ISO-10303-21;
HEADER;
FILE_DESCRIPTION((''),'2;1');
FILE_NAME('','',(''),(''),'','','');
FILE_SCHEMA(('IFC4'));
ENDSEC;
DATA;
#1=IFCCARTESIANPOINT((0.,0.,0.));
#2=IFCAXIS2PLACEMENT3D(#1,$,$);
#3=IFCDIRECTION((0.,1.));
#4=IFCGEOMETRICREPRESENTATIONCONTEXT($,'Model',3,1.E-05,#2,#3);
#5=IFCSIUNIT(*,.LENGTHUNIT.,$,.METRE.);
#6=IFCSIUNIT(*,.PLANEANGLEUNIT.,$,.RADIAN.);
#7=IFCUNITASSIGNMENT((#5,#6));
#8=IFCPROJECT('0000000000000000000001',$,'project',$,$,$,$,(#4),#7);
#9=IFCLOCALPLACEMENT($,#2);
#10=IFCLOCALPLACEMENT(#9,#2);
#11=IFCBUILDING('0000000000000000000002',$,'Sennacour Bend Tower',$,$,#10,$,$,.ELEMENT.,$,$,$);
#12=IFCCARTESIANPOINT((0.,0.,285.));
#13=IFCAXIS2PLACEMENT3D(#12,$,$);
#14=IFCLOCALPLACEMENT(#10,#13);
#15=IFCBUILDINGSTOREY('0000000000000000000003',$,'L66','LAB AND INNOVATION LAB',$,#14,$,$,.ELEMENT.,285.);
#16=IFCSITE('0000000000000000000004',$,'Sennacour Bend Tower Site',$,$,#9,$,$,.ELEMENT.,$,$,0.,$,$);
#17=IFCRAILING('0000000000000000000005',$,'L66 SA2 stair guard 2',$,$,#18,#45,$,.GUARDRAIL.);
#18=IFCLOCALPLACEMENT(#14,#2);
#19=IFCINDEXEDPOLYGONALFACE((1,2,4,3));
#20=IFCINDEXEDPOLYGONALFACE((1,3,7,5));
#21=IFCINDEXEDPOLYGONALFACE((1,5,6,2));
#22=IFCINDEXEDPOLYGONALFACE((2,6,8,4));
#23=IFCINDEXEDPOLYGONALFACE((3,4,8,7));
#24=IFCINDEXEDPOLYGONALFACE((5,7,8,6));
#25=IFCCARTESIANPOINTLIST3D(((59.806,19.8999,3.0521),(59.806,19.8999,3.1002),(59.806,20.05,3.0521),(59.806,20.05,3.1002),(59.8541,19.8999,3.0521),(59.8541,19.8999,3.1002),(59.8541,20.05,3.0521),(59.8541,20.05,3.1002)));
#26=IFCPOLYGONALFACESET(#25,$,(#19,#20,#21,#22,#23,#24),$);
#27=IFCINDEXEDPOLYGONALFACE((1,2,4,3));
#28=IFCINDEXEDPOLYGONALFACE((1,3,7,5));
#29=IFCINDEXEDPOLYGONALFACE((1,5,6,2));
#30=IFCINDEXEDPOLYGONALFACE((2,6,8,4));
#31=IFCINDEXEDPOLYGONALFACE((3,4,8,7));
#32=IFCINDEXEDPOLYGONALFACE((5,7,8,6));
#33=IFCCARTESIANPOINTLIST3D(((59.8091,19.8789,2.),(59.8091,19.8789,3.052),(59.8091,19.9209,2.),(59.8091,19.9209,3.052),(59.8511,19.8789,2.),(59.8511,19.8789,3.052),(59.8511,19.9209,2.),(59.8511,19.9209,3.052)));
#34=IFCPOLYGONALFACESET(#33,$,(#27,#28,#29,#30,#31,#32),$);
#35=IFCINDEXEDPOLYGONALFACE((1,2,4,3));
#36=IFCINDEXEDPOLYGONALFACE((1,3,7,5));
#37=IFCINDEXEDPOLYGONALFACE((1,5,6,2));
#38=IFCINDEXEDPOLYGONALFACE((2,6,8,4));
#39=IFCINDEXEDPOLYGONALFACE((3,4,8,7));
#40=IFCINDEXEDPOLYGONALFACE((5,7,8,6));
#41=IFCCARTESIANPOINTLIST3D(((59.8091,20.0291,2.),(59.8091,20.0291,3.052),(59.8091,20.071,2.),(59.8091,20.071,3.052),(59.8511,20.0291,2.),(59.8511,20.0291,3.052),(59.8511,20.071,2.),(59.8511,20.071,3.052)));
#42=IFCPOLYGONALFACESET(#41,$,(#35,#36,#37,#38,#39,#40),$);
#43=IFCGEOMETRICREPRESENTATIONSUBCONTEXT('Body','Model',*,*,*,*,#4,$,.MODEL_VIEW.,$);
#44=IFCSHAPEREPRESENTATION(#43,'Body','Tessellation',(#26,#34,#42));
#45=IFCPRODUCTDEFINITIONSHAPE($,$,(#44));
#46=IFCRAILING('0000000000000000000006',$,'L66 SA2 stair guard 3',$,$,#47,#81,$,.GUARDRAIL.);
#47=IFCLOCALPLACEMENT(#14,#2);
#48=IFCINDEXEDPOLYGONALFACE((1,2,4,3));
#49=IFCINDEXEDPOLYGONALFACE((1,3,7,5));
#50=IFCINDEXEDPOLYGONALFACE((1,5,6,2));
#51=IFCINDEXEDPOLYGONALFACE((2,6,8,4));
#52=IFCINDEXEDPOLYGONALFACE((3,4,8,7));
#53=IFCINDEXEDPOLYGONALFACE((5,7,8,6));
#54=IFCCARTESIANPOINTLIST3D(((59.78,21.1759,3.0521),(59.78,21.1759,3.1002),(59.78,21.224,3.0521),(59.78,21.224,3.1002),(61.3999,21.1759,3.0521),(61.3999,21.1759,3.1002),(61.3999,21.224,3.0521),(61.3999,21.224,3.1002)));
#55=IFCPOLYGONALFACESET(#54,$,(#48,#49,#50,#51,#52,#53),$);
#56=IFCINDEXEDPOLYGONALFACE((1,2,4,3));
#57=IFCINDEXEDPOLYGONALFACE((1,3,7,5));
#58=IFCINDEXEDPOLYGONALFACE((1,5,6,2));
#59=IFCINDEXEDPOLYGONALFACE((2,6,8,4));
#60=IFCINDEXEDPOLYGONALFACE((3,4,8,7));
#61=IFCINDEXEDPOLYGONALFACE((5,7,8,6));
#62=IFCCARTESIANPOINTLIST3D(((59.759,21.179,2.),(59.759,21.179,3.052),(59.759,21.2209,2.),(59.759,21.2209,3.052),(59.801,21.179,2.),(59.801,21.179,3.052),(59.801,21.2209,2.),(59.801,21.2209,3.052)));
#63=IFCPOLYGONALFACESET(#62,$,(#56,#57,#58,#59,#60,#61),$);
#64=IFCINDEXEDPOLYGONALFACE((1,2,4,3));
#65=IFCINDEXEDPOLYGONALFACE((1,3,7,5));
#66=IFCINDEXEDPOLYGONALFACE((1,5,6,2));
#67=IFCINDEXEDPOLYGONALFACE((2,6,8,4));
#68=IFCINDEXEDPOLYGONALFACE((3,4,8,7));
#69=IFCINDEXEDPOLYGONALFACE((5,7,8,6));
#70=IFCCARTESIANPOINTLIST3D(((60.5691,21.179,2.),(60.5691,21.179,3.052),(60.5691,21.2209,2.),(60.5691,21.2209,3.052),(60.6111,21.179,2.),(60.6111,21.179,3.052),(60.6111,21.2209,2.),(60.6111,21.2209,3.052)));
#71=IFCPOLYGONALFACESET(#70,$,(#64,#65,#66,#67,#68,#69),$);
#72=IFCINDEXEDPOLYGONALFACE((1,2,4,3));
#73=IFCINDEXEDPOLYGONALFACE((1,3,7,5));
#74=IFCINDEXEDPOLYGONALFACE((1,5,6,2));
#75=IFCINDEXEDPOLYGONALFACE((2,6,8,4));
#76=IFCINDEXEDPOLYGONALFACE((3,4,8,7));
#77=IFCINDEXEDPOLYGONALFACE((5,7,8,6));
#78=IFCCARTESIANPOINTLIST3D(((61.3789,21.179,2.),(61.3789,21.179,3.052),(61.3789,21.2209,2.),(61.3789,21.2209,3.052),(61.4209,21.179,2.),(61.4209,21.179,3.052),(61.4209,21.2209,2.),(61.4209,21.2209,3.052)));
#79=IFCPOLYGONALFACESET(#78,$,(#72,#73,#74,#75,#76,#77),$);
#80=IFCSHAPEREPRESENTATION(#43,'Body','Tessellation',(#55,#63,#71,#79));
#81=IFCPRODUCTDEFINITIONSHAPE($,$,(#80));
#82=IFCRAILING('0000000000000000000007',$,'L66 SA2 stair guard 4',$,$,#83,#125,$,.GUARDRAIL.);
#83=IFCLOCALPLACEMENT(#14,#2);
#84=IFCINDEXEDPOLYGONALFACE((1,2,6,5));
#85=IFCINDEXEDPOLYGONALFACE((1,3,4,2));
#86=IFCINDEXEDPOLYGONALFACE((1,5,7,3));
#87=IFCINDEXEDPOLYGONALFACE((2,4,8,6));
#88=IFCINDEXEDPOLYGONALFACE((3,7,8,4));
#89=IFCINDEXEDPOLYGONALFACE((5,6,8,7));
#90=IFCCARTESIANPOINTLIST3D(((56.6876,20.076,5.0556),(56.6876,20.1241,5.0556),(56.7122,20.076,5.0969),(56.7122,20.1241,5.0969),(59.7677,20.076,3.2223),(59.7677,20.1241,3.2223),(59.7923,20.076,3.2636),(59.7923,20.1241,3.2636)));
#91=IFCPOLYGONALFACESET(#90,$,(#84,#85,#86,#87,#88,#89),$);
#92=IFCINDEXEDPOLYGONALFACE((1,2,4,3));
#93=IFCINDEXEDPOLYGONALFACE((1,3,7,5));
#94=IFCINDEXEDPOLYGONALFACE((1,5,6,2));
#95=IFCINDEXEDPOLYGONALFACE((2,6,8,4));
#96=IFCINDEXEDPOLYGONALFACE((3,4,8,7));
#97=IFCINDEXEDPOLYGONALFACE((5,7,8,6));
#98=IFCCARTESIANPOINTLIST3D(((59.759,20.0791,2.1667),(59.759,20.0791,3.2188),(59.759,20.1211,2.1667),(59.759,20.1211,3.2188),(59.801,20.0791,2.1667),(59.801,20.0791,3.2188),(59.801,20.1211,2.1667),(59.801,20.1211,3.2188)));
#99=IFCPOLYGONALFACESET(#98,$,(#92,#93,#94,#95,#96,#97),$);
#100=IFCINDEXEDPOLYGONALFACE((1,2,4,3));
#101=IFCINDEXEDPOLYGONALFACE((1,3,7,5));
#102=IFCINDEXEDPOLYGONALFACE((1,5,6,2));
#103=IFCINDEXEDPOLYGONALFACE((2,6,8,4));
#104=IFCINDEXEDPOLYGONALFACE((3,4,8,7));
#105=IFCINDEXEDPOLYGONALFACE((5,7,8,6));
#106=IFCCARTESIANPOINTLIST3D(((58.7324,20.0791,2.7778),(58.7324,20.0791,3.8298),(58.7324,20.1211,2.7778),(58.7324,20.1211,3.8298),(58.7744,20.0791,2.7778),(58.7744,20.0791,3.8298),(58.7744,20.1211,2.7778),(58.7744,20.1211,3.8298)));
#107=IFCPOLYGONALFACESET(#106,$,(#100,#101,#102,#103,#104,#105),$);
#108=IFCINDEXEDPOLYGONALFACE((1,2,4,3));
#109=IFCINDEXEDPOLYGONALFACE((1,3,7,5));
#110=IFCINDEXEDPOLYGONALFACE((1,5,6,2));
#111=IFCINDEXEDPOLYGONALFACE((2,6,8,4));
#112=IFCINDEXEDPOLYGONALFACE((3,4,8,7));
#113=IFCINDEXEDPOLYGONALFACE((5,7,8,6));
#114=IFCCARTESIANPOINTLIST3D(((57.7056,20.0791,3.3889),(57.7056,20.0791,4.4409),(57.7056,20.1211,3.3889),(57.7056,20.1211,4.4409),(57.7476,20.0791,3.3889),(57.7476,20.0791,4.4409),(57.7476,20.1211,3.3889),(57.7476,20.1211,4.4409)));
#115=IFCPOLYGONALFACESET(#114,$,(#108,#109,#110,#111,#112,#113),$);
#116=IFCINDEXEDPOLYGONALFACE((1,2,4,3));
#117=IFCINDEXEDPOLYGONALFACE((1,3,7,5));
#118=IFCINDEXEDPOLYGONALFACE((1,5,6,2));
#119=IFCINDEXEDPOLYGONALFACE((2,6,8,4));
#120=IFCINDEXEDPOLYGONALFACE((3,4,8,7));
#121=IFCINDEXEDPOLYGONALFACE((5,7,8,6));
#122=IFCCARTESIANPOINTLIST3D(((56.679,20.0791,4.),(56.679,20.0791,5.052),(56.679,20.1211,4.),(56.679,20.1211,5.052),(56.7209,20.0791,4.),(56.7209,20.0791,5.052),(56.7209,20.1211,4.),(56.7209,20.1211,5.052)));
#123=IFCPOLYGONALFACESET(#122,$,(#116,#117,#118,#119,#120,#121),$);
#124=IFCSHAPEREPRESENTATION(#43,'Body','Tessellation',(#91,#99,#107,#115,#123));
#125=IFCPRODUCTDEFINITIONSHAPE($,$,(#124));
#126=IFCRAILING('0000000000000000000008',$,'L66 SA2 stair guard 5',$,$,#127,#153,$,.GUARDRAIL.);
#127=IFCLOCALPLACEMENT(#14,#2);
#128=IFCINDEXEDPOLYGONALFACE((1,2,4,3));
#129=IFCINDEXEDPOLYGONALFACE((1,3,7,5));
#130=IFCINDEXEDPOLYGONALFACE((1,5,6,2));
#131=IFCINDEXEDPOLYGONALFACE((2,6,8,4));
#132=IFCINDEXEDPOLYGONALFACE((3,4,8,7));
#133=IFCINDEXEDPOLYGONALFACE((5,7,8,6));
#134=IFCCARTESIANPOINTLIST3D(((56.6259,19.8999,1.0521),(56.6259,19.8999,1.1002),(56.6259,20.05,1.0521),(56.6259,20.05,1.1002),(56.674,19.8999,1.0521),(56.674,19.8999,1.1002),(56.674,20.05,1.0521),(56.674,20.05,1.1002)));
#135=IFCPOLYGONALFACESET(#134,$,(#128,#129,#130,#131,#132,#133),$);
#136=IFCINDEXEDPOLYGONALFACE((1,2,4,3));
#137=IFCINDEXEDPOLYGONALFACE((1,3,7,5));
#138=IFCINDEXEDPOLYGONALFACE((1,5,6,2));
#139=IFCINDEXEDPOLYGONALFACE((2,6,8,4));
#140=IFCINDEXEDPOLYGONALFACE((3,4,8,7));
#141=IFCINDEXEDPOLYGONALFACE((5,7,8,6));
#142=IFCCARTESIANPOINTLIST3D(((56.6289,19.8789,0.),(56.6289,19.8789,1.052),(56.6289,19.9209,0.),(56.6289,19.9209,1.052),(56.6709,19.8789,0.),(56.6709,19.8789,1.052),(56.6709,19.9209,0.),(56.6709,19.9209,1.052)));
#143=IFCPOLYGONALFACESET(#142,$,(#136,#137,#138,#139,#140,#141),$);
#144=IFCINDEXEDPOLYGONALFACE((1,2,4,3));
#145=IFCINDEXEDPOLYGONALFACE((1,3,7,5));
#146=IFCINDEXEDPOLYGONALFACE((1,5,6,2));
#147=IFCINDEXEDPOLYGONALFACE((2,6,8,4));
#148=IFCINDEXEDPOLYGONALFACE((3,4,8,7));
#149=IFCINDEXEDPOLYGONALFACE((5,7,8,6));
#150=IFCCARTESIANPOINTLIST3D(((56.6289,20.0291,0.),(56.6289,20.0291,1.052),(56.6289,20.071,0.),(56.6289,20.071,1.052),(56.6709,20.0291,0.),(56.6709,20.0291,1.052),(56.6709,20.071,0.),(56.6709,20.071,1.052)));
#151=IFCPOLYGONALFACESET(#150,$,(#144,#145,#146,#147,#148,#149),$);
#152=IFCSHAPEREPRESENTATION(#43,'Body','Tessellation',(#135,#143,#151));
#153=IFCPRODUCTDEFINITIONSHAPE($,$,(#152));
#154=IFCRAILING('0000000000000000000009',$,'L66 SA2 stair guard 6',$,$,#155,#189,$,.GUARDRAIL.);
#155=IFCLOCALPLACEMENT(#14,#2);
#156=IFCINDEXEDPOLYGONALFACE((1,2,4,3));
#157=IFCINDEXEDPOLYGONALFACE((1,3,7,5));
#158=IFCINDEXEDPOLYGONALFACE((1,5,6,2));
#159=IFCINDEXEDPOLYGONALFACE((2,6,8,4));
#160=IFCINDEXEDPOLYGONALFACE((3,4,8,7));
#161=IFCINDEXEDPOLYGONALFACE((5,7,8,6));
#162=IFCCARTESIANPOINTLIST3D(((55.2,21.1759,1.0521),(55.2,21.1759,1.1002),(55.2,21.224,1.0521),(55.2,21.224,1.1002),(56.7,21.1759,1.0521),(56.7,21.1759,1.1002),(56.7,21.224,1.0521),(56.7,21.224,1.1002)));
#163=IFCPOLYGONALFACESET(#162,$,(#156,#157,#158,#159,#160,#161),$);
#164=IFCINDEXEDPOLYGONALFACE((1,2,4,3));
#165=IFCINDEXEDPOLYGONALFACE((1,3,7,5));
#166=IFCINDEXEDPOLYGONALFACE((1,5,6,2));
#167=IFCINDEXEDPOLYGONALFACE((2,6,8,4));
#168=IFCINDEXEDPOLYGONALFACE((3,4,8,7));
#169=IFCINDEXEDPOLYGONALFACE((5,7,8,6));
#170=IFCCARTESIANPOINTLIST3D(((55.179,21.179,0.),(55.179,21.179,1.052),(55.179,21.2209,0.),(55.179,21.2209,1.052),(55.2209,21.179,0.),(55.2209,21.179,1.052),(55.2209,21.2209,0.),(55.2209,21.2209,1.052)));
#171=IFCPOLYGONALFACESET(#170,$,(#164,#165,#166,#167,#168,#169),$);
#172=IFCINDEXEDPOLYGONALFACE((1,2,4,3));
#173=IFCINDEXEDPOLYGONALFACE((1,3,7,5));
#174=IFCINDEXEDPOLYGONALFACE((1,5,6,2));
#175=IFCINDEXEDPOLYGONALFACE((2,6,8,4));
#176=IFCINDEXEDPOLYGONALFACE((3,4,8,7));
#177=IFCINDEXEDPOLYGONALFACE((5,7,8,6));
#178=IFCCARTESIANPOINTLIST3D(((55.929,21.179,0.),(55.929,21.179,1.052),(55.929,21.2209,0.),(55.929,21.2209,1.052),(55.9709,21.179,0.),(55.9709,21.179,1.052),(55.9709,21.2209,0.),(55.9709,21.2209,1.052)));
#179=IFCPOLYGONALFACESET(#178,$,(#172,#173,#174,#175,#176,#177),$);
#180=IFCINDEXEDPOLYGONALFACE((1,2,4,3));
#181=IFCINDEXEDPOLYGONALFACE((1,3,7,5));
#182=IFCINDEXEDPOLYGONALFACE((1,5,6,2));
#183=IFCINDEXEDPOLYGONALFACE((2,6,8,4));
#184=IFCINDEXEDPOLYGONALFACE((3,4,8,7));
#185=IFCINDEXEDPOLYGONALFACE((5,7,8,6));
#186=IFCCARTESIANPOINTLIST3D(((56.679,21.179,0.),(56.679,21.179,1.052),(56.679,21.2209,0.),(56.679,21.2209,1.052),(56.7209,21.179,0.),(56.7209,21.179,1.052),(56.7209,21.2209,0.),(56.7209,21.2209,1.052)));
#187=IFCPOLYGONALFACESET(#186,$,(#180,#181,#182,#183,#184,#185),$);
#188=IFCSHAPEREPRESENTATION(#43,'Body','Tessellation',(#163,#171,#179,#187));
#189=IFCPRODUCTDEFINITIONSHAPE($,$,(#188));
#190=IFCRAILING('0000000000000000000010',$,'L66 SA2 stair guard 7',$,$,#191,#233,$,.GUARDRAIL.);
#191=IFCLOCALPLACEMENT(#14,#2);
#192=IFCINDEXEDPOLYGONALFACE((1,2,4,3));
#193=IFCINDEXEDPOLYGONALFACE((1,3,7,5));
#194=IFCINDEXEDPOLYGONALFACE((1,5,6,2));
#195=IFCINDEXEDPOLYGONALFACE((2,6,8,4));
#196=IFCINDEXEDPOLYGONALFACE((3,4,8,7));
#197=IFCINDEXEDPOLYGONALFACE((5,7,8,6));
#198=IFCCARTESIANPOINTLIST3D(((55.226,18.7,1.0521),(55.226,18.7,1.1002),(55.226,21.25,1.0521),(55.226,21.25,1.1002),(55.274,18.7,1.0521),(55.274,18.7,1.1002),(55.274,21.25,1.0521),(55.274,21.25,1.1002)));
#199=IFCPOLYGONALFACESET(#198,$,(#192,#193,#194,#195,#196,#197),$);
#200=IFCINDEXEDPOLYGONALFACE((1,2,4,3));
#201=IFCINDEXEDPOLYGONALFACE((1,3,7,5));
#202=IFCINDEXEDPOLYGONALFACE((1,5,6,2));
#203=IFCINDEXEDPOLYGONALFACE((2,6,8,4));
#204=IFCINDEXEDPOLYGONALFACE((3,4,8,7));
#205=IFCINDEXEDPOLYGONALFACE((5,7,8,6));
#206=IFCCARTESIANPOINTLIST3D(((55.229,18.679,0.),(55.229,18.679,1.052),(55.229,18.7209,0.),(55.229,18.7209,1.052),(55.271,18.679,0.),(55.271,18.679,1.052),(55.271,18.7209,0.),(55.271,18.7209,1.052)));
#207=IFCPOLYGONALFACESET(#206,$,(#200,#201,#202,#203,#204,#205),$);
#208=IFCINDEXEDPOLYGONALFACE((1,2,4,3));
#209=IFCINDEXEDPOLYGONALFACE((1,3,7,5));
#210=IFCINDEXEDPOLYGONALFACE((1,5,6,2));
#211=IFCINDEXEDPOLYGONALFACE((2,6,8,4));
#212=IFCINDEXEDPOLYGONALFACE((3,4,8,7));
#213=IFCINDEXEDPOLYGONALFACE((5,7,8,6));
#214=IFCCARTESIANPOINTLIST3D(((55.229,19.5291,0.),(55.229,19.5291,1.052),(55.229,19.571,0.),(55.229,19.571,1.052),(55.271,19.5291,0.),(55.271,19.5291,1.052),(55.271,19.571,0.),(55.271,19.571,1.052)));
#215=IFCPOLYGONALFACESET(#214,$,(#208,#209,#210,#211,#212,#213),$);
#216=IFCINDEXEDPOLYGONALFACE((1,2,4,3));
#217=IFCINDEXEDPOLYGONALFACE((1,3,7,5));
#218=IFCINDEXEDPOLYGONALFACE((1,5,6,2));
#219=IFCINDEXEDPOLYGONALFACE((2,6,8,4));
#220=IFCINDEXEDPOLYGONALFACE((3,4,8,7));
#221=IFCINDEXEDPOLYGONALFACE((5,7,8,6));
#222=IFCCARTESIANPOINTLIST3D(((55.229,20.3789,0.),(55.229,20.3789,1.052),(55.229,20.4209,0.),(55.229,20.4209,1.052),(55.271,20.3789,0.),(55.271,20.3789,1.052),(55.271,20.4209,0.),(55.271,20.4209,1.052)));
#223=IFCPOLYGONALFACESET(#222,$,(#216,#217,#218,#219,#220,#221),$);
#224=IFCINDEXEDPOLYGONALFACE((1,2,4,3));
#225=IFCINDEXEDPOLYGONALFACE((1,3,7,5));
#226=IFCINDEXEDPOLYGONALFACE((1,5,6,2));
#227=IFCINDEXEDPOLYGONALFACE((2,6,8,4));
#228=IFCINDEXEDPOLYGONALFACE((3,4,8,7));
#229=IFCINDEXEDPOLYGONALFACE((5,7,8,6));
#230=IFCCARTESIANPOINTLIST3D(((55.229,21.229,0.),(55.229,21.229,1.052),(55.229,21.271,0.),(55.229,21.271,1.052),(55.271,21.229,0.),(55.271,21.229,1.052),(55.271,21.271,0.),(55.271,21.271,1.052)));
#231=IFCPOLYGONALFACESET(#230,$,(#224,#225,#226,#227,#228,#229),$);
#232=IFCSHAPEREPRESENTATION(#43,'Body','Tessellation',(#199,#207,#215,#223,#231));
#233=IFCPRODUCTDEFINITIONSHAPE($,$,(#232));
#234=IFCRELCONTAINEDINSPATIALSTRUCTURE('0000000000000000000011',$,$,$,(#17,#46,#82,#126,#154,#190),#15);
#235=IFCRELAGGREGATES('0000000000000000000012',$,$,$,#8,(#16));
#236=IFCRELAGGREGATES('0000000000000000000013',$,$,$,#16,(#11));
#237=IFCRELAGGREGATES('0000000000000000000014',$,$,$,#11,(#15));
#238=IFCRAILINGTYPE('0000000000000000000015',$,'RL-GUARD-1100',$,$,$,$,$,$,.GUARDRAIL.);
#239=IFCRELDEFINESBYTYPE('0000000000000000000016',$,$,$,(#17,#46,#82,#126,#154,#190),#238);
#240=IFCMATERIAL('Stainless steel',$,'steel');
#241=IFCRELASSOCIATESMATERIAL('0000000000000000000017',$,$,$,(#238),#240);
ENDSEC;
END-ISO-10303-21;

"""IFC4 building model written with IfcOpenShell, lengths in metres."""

from ifc_helpers import new_model, si_unit, direction, frame, origin, origin_2d, place, context, subcontext, project, spatial, rectangle, extrude, material, type_object, element, save


model = new_model("IFC4")

# Units and contexts
model_context = context("Model", 3, precision=1e-05, world=origin(), true_north=direction((0.0, 1.0)))
body_context = subcontext(model_context, "Body", "Model", "MODEL_VIEW")
ifc_project = project(units=[si_unit("LENGTHUNIT", "METRE"), si_unit("PLANEANGLEUNIT", "RADIAN")], contexts=[model_context])

# Site, building, storey
site_placement = place(None, origin())
site = spatial("IfcSite", under=ifc_project, at=site_placement, Name="Sennacour Bend Tower Site", CompositionType="ELEMENT", RefElevation=0.0)
building_placement = place(site_placement, origin())
building = spatial("IfcBuilding", under=site, at=building_placement, Name="Sennacour Bend Tower", CompositionType="ELEMENT")
storey_placement = place(building_placement, frame((0.0, 0.0, 285.0)))
storey = spatial("IfcBuildingStorey", under=building, at=storey_placement, Name="L66", Description="LAB AND INNOVATION LAB", CompositionType="ELEMENT", Elevation=285.0)

# Railings
ifc_material_1 = material(Name="Stainless steel", Category="steel")
railing_type_1 = type_object("IfcRailingType", Name="RL-GUARD-1100", PredefinedType="GUARDRAIL", material=ifc_material_1)
railing_1_placement = place(storey_placement, frame((59.8301, 19.8999, 2.0)))
element("IfcRailing", 1, at=railing_1_placement, inside=storey, type_object=railing_type_1, Name="L66 SA2 stair guard 2", PredefinedType="GUARDRAIL", context=body_context, shape_type="SweptSolid", body=[
    extrude(rectangle(XDim=0.0481, YDim=0.0481, at=origin_2d()), frame((0.0, 0.0, 1.0762), z_axis=(0.0, 1.0, 0.0), x_axis=(-1.0, 0.0, 0.0)), (0.0, 0.0, 1.0), 0.1501),
    extrude(rectangle(XDim=0.042, YDim=0.042, at=origin_2d()), origin(), (0.0, 0.0, 1.0), 1.052),
    extrude(rectangle(XDim=0.042, YDim=0.042, at=origin_2d()), frame((0.0, 0.1501, 0.0)), (0.0, 0.0, 1.0), 1.052),
])
railing_2_placement = place(storey_placement, frame((59.78, 21.2, 2.0)))
element("IfcRailing", 2, at=railing_2_placement, inside=storey, type_object=railing_type_1, Name="L66 SA2 stair guard 3", PredefinedType="GUARDRAIL", context=body_context, shape_type="SweptSolid", body=[
    extrude(rectangle(XDim=0.0481, YDim=0.0481, at=origin_2d()), frame((0.0, 0.0, 1.0762), z_axis=(1.0, 0.0, 0.0), x_axis=(0.0, 1.0, 0.0)), (0.0, 0.0, 1.0), 1.6199),
    extrude(rectangle(XDim=0.042, YDim=0.042, at=origin_2d()), origin(), (0.0, 0.0, 1.0), 1.052),
    extrude(rectangle(XDim=0.042, YDim=0.042, at=origin_2d()), frame((0.8101, 0.0, 0.0)), (0.0, 0.0, 1.0), 1.052),
    extrude(rectangle(XDim=0.042, YDim=0.042, at=origin_2d()), frame((1.6199, 0.0, 0.0)), (0.0, 0.0, 1.0), 1.052),
])
railing_3_placement = place(storey_placement, frame((59.78, 20.1001, 2.1667)))
element("IfcRailing", 3, at=railing_3_placement, inside=storey, type_object=railing_type_1, Name="L66 SA2 stair guard 4", PredefinedType="GUARDRAIL", context=body_context, shape_type="SweptSolid", body=[
    extrude(rectangle(XDim=0.0481, YDim=0.0481, at=origin_2d()), frame((0.0, 0.0, 1.0762), z_axis=(-0.859309, 0.0, 0.511458), x_axis=(0.0, -1.0, 0.0)), (0.0, 0.0, 1.0), 3.5845),
    extrude(rectangle(XDim=0.042, YDim=0.042, at=origin_2d()), origin(), (0.0, 0.0, 1.0), 1.052),
    extrude(rectangle(XDim=0.042, YDim=0.042, at=origin_2d()), frame((-1.0266, 0.0, 0.6111)), (0.0, 0.0, 1.0), 1.052),
    extrude(rectangle(XDim=0.042, YDim=0.042, at=origin_2d()), frame((-2.0535, 0.0, 1.2222)), (0.0, 0.0, 1.0), 1.052),
    extrude(rectangle(XDim=0.042, YDim=0.042, at=origin_2d()), frame((-3.0801, 0.0, 1.8333)), (0.0, 0.0, 1.0), 1.052),
])
railing_4_placement = place(storey_placement, frame((56.6499, 19.8999, 0.0)))
element("IfcRailing", 4, at=railing_4_placement, inside=storey, type_object=railing_type_1, Name="L66 SA2 stair guard 5", PredefinedType="GUARDRAIL", context=body_context, shape_type="SweptSolid", body=[
    extrude(rectangle(XDim=0.0481, YDim=0.0481, at=origin_2d()), frame((0.0, 0.0, 1.0762), z_axis=(0.0, 1.0, 0.0), x_axis=(-1.0, 0.0, 0.0)), (0.0, 0.0, 1.0), 0.1501),
    extrude(rectangle(XDim=0.042, YDim=0.042, at=origin_2d()), origin(), (0.0, 0.0, 1.0), 1.052),
    extrude(rectangle(XDim=0.042, YDim=0.042, at=origin_2d()), frame((0.0, 0.1501, 0.0)), (0.0, 0.0, 1.0), 1.052),
])
railing_5_placement = place(storey_placement, frame((55.2, 21.2, 0.0)))
element("IfcRailing", 5, at=railing_5_placement, inside=storey, type_object=railing_type_1, Name="L66 SA2 stair guard 6", PredefinedType="GUARDRAIL", context=body_context, shape_type="SweptSolid", body=[
    extrude(rectangle(XDim=0.0481, YDim=0.0481, at=origin_2d()), frame((0.0, 0.0, 1.0762), z_axis=(1.0, 0.0, 0.0), x_axis=(0.0, 1.0, 0.0)), (0.0, 0.0, 1.0), 1.5),
    extrude(rectangle(XDim=0.042, YDim=0.042, at=origin_2d()), origin(), (0.0, 0.0, 1.0), 1.052),
    extrude(rectangle(XDim=0.042, YDim=0.042, at=origin_2d()), frame((0.75, 0.0, 0.0)), (0.0, 0.0, 1.0), 1.052),
    extrude(rectangle(XDim=0.042, YDim=0.042, at=origin_2d()), frame((1.5, 0.0, 0.0)), (0.0, 0.0, 1.0), 1.052),
])
railing_6_placement = place(storey_placement, frame((55.25, 18.7, 0.0)))
element("IfcRailing", 6, at=railing_6_placement, inside=storey, type_object=railing_type_1, Name="L66 SA2 stair guard 7", PredefinedType="GUARDRAIL", context=body_context, shape_type="SweptSolid", body=[
    extrude(rectangle(XDim=0.0481, YDim=0.0481, at=origin_2d()), frame((0.0, 0.0, 1.0762), z_axis=(0.0, 1.0, 0.0), x_axis=(-1.0, 0.0, 0.0)), (0.0, 0.0, 1.0), 2.55),
    extrude(rectangle(XDim=0.042, YDim=0.042, at=origin_2d()), origin(), (0.0, 0.0, 1.0), 1.052),
    extrude(rectangle(XDim=0.042, YDim=0.042, at=origin_2d()), frame((0.0, 0.8501, 0.0)), (0.0, 0.0, 1.0), 1.052),
    extrude(rectangle(XDim=0.042, YDim=0.042, at=origin_2d()), frame((0.0, 1.7, 0.0)), (0.0, 0.0, 1.0), 1.052),
    extrude(rectangle(XDim=0.042, YDim=0.042, at=origin_2d()), frame((0.0, 2.55, 0.0)), (0.0, 0.0, 1.0), 1.052),
])

save(model, "model.ifc")
